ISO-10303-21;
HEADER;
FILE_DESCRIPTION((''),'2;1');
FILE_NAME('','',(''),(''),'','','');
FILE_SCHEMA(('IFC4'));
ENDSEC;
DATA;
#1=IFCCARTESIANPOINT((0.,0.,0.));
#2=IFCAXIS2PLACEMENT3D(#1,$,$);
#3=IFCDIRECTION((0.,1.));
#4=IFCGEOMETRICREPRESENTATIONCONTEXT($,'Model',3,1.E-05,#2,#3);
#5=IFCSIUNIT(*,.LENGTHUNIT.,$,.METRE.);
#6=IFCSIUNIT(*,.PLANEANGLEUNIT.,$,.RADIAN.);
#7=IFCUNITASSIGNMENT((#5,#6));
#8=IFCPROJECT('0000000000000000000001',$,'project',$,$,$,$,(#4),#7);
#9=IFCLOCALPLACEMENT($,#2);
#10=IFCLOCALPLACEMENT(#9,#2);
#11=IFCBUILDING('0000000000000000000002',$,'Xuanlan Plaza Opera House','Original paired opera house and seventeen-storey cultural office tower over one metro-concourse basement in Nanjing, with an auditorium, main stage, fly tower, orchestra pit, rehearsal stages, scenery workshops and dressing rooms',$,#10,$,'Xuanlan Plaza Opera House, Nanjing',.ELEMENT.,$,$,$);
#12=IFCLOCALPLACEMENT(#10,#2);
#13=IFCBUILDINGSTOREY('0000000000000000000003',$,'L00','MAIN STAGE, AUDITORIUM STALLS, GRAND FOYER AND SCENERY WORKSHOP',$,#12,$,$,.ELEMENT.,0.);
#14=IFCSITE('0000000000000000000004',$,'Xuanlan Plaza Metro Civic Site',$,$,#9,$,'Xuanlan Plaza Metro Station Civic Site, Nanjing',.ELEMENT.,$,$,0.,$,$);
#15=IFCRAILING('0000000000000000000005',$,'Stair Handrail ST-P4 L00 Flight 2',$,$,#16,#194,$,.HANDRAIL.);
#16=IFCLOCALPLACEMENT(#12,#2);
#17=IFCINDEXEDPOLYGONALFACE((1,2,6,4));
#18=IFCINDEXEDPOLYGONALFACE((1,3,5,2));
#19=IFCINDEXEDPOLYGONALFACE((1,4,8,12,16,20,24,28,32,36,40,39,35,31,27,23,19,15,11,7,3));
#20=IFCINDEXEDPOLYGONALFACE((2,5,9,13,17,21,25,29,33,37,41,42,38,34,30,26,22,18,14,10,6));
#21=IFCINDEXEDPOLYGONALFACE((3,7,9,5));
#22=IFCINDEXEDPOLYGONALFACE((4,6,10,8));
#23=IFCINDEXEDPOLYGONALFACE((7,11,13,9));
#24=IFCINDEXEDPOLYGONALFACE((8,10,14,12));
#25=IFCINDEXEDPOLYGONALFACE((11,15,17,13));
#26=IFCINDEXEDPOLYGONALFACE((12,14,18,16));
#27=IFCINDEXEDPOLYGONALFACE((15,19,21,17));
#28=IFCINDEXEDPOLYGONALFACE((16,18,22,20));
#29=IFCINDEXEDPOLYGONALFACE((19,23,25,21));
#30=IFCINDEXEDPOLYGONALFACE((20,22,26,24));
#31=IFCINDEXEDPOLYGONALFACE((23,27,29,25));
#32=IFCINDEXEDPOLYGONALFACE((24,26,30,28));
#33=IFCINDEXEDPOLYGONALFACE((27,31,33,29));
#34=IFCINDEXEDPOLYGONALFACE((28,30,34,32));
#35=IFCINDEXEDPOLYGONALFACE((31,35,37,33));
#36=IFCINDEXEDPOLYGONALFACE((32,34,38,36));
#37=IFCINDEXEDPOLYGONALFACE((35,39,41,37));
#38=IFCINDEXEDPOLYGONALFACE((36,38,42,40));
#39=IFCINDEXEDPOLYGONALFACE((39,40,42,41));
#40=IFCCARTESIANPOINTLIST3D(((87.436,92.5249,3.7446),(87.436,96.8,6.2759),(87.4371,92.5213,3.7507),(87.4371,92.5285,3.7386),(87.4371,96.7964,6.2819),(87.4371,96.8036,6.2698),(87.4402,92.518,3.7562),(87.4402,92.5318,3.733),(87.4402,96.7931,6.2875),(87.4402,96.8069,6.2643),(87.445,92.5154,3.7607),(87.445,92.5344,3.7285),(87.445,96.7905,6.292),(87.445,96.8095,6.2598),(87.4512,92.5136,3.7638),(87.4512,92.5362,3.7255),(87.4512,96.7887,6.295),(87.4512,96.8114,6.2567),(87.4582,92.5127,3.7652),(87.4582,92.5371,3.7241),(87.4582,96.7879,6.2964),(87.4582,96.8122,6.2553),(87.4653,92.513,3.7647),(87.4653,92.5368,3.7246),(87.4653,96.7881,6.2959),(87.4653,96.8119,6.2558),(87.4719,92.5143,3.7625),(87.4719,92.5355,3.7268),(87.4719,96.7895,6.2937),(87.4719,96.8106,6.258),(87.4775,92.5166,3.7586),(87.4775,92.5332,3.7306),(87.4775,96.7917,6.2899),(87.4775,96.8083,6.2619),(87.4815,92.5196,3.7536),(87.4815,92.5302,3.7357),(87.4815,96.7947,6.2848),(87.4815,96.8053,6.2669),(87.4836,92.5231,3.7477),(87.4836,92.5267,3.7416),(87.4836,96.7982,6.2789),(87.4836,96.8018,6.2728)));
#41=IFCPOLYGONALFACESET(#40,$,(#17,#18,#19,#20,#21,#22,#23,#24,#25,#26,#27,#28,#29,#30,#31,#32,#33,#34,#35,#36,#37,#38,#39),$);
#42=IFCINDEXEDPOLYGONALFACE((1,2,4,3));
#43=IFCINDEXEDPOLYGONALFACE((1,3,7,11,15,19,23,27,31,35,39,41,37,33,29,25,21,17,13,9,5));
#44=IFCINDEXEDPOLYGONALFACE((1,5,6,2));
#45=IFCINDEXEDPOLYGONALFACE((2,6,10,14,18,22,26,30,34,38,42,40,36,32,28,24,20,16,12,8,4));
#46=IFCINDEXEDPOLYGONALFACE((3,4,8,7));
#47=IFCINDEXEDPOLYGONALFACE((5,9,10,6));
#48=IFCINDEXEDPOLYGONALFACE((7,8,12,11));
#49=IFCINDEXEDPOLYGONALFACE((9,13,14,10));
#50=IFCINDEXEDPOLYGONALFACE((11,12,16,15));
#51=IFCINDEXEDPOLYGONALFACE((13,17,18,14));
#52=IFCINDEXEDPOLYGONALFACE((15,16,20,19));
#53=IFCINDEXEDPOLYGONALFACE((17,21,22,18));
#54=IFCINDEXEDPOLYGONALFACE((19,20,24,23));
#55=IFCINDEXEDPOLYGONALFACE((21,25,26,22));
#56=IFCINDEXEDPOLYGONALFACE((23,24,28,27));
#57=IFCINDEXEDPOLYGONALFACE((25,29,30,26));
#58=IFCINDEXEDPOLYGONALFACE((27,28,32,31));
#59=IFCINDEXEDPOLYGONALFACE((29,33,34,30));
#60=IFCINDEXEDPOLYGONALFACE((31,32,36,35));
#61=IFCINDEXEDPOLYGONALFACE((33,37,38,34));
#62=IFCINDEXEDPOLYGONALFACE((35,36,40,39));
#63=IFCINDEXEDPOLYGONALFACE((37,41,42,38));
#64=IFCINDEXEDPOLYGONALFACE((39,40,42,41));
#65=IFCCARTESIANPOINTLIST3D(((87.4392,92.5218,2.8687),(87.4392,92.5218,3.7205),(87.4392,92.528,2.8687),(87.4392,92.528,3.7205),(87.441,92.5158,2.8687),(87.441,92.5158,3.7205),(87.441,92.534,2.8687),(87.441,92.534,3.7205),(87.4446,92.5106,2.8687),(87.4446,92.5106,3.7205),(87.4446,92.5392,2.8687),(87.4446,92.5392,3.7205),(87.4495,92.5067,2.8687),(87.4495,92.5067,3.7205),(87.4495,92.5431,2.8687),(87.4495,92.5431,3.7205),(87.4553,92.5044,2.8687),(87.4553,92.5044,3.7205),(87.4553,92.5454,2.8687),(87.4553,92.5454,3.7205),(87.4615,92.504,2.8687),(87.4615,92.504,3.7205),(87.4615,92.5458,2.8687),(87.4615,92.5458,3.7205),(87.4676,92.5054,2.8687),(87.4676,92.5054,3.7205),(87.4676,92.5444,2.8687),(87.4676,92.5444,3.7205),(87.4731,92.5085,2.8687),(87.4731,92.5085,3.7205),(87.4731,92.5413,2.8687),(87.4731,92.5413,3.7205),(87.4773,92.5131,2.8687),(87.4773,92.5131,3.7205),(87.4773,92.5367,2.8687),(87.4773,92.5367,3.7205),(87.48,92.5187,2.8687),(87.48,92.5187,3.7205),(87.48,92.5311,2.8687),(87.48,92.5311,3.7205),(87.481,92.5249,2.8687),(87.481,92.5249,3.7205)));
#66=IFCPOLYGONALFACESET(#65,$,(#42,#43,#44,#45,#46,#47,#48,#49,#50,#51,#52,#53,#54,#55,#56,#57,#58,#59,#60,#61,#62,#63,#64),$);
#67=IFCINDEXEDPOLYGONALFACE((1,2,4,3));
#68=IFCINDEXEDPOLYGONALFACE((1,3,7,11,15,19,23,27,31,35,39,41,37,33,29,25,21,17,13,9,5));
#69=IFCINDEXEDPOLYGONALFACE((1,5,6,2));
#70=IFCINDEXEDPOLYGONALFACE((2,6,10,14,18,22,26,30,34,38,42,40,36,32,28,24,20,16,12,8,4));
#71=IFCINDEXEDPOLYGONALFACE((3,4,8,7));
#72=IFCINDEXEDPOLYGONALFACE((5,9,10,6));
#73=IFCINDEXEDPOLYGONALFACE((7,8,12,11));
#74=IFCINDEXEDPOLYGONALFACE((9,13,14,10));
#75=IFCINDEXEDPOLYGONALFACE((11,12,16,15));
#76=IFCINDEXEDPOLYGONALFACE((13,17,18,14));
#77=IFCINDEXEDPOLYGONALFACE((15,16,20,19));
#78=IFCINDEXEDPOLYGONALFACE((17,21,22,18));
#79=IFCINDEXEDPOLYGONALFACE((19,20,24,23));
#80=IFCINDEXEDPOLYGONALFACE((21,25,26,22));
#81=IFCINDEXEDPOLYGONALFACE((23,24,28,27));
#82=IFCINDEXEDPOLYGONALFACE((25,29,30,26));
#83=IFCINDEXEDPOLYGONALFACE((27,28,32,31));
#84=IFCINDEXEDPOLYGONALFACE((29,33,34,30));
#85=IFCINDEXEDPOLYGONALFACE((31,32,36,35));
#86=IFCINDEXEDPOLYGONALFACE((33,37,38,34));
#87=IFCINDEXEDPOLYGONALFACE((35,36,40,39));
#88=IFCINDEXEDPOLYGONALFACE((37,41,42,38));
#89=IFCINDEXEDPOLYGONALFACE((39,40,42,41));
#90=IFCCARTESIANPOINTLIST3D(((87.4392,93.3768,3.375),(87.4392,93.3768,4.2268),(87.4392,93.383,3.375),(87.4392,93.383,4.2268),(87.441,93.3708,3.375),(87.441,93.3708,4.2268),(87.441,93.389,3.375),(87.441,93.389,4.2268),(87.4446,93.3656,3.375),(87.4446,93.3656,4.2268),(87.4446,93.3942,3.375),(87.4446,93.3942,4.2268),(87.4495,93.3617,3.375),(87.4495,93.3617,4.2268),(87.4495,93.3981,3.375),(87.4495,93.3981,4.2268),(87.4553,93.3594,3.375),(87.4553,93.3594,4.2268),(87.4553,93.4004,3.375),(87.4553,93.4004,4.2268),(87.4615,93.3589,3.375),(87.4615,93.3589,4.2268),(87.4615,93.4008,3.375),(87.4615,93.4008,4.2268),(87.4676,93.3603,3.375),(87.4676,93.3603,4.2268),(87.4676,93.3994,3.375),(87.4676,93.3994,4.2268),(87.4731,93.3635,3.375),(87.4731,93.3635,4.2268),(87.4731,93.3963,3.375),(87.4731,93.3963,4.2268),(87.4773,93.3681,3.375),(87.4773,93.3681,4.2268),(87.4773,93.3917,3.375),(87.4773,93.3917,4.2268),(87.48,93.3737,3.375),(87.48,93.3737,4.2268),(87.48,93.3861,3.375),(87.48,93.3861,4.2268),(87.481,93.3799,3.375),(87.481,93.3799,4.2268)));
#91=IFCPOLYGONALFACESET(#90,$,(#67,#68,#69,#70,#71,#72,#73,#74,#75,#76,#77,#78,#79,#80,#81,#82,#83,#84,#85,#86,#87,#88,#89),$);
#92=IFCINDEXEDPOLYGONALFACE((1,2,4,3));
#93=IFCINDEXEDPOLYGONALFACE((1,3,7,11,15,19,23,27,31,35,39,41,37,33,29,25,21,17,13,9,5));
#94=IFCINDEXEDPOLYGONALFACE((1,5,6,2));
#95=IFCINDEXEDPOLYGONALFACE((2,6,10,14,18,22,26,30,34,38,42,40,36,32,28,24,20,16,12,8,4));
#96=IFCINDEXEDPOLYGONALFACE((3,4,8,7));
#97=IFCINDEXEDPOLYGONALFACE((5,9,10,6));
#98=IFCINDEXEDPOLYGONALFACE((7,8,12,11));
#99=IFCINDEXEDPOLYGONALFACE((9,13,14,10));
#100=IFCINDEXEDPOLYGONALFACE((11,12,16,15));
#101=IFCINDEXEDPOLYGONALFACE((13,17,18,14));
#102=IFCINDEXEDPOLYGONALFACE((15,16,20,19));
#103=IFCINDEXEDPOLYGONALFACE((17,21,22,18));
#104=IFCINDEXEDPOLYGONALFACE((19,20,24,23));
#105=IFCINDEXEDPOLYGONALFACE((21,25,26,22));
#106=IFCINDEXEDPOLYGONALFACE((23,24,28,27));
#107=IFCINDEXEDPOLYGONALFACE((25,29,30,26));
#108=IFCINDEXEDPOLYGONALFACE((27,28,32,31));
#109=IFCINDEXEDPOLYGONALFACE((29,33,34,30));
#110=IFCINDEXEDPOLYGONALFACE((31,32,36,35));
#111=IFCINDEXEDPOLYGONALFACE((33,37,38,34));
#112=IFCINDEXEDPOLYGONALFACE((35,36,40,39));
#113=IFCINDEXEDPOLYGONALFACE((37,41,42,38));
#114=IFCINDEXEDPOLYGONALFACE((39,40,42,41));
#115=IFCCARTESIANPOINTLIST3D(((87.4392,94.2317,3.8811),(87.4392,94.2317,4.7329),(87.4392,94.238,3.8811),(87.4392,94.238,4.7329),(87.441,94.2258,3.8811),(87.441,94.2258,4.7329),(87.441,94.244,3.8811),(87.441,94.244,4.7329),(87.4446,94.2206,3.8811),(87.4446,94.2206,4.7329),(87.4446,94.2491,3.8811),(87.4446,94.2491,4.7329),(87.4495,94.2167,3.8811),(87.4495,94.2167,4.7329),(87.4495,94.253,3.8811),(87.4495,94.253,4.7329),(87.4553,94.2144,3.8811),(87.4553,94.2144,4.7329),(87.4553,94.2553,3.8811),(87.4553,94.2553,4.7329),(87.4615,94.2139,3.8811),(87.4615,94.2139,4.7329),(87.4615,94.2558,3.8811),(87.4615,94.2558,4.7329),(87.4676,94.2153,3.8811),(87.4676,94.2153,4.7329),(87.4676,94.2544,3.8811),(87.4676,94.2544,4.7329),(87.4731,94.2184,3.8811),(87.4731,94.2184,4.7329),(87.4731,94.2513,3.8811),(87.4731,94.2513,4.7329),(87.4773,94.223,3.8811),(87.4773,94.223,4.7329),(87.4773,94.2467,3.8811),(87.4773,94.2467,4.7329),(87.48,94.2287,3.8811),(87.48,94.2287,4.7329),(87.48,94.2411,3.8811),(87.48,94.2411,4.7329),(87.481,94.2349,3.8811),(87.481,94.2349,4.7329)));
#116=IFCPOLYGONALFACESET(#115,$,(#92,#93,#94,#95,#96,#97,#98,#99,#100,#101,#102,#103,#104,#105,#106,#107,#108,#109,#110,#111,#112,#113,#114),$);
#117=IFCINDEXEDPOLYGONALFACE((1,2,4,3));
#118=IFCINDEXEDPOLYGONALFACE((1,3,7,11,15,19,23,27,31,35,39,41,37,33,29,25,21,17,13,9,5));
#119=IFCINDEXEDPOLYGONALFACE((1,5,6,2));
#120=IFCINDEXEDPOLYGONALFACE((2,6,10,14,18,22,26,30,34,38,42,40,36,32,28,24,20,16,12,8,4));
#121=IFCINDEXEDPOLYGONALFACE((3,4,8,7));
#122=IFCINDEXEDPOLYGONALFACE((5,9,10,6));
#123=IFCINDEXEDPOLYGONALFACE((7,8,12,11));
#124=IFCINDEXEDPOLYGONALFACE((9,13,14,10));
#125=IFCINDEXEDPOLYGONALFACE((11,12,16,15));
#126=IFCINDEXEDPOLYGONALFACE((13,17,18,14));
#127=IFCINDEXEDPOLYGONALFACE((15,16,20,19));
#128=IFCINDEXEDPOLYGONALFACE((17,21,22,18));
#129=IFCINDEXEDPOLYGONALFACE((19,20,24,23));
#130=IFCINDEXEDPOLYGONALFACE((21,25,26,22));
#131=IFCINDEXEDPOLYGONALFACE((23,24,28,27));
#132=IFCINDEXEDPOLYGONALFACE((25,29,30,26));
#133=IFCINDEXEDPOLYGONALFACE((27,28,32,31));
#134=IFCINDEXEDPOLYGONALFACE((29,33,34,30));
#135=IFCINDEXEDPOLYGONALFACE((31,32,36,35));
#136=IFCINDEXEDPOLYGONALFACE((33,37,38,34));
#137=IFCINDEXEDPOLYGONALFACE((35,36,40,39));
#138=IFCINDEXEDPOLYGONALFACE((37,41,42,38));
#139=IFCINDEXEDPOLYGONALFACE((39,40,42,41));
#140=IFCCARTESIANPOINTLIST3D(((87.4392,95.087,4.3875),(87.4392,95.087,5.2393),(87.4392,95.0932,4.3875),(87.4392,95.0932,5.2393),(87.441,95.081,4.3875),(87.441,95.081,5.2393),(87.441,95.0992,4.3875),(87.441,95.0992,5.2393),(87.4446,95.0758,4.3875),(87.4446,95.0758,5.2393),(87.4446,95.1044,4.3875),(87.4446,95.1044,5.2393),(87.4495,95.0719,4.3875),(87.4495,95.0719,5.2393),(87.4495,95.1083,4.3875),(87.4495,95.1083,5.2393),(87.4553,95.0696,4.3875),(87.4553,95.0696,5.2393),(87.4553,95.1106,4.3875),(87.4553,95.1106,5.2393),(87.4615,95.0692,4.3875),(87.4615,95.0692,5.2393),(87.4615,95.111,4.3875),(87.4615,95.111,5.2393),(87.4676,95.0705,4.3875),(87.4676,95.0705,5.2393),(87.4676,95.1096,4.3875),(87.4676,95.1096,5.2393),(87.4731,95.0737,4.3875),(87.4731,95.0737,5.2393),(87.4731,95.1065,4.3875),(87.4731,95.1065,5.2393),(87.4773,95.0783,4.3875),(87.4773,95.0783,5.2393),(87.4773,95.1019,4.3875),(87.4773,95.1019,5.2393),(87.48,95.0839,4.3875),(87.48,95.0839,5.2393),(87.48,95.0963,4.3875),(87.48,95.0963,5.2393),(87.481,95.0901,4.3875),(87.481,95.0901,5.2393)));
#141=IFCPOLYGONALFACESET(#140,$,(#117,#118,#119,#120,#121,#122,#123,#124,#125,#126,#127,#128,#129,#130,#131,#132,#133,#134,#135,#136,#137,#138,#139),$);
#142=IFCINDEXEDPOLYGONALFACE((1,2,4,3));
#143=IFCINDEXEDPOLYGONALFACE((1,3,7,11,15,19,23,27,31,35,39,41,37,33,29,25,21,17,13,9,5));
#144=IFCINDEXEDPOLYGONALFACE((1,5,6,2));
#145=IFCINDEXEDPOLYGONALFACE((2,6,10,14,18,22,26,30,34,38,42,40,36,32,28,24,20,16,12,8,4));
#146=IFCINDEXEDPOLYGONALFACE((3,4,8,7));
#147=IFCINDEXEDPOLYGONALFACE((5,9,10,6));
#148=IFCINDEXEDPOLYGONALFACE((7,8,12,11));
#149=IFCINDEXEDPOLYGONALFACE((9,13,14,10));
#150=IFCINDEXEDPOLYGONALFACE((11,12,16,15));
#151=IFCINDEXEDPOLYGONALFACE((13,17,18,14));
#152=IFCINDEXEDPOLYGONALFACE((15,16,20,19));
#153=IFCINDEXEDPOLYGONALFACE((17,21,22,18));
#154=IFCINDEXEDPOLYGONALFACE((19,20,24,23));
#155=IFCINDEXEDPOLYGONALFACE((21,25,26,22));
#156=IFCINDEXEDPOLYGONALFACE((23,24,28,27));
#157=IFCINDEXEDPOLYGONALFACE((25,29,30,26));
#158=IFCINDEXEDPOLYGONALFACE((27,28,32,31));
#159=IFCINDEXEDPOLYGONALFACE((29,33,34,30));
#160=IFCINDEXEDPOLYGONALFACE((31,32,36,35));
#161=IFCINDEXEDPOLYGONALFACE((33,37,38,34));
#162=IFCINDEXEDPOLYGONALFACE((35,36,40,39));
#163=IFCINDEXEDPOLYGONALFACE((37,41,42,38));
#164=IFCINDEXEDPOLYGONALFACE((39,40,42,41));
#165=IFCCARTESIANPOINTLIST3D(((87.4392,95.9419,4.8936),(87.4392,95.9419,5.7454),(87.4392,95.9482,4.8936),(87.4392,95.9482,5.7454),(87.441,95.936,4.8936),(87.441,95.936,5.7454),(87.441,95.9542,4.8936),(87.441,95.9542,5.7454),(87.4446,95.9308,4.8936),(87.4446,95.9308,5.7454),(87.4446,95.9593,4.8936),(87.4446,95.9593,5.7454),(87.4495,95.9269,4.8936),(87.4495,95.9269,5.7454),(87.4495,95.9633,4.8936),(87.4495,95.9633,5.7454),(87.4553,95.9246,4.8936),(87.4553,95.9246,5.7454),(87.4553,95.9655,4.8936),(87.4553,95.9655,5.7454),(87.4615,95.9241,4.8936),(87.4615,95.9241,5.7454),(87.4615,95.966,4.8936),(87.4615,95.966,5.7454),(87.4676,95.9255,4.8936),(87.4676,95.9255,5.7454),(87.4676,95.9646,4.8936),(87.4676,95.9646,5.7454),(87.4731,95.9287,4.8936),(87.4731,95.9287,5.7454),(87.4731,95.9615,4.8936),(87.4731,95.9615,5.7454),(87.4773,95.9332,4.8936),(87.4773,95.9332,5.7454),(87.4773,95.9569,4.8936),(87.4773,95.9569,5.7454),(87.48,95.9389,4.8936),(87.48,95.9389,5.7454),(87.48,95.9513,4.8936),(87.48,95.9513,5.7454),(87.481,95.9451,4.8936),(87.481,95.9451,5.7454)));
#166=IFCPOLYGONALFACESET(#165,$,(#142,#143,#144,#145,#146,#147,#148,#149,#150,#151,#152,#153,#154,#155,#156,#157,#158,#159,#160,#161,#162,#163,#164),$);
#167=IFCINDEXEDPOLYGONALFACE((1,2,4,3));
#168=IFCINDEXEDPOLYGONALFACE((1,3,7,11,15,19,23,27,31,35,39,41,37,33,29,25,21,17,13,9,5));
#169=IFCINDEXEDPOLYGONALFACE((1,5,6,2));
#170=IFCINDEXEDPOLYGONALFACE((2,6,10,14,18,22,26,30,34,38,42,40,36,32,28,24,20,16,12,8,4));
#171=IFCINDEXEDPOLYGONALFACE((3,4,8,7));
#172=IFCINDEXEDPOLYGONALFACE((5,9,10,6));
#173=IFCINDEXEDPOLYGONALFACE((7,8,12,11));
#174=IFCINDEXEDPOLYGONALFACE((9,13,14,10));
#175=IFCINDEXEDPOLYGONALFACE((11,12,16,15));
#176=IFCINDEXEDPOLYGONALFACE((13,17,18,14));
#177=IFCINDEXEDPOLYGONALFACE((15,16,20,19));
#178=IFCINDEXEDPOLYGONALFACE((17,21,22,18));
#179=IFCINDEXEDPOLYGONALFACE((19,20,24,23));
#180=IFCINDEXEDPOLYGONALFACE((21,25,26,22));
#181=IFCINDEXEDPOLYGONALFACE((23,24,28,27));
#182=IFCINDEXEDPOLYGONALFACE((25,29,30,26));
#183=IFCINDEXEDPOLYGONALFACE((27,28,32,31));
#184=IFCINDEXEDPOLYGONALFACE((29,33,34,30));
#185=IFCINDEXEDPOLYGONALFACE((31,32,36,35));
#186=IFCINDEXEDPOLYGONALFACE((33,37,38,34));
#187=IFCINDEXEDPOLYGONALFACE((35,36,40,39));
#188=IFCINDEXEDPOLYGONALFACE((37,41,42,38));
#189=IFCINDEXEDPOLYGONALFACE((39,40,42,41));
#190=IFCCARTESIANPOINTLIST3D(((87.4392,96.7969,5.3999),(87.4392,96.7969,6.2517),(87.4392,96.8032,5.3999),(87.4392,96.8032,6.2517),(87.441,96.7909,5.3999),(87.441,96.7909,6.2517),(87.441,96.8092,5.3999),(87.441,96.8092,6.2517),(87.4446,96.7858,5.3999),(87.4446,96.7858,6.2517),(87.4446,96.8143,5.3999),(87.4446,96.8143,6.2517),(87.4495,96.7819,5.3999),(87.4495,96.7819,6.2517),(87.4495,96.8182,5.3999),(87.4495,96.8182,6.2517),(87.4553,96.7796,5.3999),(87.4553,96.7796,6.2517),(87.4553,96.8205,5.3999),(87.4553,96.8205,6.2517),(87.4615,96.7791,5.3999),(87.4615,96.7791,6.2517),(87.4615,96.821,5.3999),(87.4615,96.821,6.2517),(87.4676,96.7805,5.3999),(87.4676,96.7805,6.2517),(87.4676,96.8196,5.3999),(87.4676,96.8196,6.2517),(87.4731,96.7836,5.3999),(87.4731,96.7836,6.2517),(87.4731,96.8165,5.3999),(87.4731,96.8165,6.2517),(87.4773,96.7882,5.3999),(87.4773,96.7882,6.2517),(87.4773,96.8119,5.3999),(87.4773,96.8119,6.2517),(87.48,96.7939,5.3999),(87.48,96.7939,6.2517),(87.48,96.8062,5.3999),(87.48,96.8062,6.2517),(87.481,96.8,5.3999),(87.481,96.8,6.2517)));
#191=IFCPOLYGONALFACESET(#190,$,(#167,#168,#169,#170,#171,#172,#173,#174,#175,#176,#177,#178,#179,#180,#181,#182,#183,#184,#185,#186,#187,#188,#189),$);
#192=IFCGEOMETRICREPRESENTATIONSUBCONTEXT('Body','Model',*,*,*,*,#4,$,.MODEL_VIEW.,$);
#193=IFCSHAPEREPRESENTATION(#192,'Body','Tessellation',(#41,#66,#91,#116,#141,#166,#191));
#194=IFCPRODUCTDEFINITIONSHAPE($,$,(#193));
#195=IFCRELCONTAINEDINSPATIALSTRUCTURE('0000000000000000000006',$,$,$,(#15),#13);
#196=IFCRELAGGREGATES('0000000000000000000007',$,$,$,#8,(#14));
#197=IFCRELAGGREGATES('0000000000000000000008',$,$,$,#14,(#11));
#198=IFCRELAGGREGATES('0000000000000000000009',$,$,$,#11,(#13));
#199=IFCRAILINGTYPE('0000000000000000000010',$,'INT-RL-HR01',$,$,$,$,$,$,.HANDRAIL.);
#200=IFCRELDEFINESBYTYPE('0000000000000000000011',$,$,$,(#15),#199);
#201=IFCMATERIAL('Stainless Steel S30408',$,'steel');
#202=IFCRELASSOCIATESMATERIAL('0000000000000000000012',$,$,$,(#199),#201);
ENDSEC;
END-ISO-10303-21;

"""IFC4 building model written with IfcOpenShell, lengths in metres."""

from ifc_helpers import new_model, si_unit, direction, frame, origin, origin_2d, place, context, subcontext, project, spatial, circle, extrude, material, type_object, element, save


model = new_model("IFC4")

# Units and contexts
model_context = context("Model", 3, precision=1e-05, world=origin(), true_north=direction((0.0, 1.0)))
body_context = subcontext(model_context, "Body", "Model", "MODEL_VIEW")
ifc_project = project(units=[si_unit("LENGTHUNIT", "METRE"), si_unit("PLANEANGLEUNIT", "RADIAN")], contexts=[model_context])

# Site, building, storey
site_placement = place(None, origin())
site = spatial("IfcSite", under=ifc_project, at=site_placement, Name="Xuanlan Plaza Metro Civic Site", LongName="Xuanlan Plaza Metro Station Civic Site, Nanjing", CompositionType="ELEMENT", RefElevation=0.0)
building_placement = place(site_placement, origin())
building = spatial("IfcBuilding", under=site, at=building_placement, Name="Xuanlan Plaza Opera House", Description="Original paired opera house and seventeen-storey cultural office tower over one metro-concourse basement in Nanjing, with an auditorium, main stage, fly tower, orchestra pit, rehearsal stages, scenery workshops and dressing rooms", LongName="Xuanlan Plaza Opera House, Nanjing", CompositionType="ELEMENT")
storey_placement = place(building_placement, origin())
storey = spatial("IfcBuildingStorey", under=building, at=storey_placement, Name="L00", Description="MAIN STAGE, AUDITORIUM STALLS, GRAND FOYER AND SCENERY WORKSHOP", CompositionType="ELEMENT", Elevation=0.0)

# Railing
ifc_material_1 = material(Name="Stainless Steel S30408", Category="steel")
railing_type = type_object("IfcRailingType", Name="INT-RL-HR01", PredefinedType="HANDRAIL", material=ifc_material_1)
railing_placement = place(storey_placement, frame((87.46, 92.5249, 2.8687)))
element("IfcRailing", 1, at=railing_placement, inside=storey, type_object=railing_type, Name="Stair Handrail ST-P4 L00 Flight 2", PredefinedType="HANDRAIL", context=body_context, shape_type="SweptSolid", body=[
    extrude(circle(Radius=0.0239, at=origin_2d()), frame((0.0, 0.0, 0.876), z_axis=(0.0, 0.860483, 0.509479), x_axis=(-1.0, 0.0, 0.0)), (0.0, 0.0, 1.0), 4.9683),
    extrude(circle(Radius=0.021, at=origin_2d()), origin(), (0.0, 0.0, 1.0), 0.8518),
    extrude(circle(Radius=0.021, at=origin_2d()), frame((0.0, 0.855, 0.5063)), (0.0, 0.0, 1.0), 0.8518),
    extrude(circle(Radius=0.021, at=origin_2d()), frame((0.0, 1.71, 1.0125)), (0.0, 0.0, 1.0), 0.8518),
    extrude(circle(Radius=0.021, at=origin_2d()), frame((0.0, 2.5652, 1.5188)), (0.0, 0.0, 1.0), 0.8518),
    extrude(circle(Radius=0.021, at=origin_2d()), frame((0.0, 3.4202, 2.0249)), (0.0, 0.0, 1.0), 0.8518),
    extrude(circle(Radius=0.021, at=origin_2d()), frame((0.0, 4.2751, 2.5312)), (0.0, 0.0, 1.0), 0.8518),
])

save(model, "model.ifc")
